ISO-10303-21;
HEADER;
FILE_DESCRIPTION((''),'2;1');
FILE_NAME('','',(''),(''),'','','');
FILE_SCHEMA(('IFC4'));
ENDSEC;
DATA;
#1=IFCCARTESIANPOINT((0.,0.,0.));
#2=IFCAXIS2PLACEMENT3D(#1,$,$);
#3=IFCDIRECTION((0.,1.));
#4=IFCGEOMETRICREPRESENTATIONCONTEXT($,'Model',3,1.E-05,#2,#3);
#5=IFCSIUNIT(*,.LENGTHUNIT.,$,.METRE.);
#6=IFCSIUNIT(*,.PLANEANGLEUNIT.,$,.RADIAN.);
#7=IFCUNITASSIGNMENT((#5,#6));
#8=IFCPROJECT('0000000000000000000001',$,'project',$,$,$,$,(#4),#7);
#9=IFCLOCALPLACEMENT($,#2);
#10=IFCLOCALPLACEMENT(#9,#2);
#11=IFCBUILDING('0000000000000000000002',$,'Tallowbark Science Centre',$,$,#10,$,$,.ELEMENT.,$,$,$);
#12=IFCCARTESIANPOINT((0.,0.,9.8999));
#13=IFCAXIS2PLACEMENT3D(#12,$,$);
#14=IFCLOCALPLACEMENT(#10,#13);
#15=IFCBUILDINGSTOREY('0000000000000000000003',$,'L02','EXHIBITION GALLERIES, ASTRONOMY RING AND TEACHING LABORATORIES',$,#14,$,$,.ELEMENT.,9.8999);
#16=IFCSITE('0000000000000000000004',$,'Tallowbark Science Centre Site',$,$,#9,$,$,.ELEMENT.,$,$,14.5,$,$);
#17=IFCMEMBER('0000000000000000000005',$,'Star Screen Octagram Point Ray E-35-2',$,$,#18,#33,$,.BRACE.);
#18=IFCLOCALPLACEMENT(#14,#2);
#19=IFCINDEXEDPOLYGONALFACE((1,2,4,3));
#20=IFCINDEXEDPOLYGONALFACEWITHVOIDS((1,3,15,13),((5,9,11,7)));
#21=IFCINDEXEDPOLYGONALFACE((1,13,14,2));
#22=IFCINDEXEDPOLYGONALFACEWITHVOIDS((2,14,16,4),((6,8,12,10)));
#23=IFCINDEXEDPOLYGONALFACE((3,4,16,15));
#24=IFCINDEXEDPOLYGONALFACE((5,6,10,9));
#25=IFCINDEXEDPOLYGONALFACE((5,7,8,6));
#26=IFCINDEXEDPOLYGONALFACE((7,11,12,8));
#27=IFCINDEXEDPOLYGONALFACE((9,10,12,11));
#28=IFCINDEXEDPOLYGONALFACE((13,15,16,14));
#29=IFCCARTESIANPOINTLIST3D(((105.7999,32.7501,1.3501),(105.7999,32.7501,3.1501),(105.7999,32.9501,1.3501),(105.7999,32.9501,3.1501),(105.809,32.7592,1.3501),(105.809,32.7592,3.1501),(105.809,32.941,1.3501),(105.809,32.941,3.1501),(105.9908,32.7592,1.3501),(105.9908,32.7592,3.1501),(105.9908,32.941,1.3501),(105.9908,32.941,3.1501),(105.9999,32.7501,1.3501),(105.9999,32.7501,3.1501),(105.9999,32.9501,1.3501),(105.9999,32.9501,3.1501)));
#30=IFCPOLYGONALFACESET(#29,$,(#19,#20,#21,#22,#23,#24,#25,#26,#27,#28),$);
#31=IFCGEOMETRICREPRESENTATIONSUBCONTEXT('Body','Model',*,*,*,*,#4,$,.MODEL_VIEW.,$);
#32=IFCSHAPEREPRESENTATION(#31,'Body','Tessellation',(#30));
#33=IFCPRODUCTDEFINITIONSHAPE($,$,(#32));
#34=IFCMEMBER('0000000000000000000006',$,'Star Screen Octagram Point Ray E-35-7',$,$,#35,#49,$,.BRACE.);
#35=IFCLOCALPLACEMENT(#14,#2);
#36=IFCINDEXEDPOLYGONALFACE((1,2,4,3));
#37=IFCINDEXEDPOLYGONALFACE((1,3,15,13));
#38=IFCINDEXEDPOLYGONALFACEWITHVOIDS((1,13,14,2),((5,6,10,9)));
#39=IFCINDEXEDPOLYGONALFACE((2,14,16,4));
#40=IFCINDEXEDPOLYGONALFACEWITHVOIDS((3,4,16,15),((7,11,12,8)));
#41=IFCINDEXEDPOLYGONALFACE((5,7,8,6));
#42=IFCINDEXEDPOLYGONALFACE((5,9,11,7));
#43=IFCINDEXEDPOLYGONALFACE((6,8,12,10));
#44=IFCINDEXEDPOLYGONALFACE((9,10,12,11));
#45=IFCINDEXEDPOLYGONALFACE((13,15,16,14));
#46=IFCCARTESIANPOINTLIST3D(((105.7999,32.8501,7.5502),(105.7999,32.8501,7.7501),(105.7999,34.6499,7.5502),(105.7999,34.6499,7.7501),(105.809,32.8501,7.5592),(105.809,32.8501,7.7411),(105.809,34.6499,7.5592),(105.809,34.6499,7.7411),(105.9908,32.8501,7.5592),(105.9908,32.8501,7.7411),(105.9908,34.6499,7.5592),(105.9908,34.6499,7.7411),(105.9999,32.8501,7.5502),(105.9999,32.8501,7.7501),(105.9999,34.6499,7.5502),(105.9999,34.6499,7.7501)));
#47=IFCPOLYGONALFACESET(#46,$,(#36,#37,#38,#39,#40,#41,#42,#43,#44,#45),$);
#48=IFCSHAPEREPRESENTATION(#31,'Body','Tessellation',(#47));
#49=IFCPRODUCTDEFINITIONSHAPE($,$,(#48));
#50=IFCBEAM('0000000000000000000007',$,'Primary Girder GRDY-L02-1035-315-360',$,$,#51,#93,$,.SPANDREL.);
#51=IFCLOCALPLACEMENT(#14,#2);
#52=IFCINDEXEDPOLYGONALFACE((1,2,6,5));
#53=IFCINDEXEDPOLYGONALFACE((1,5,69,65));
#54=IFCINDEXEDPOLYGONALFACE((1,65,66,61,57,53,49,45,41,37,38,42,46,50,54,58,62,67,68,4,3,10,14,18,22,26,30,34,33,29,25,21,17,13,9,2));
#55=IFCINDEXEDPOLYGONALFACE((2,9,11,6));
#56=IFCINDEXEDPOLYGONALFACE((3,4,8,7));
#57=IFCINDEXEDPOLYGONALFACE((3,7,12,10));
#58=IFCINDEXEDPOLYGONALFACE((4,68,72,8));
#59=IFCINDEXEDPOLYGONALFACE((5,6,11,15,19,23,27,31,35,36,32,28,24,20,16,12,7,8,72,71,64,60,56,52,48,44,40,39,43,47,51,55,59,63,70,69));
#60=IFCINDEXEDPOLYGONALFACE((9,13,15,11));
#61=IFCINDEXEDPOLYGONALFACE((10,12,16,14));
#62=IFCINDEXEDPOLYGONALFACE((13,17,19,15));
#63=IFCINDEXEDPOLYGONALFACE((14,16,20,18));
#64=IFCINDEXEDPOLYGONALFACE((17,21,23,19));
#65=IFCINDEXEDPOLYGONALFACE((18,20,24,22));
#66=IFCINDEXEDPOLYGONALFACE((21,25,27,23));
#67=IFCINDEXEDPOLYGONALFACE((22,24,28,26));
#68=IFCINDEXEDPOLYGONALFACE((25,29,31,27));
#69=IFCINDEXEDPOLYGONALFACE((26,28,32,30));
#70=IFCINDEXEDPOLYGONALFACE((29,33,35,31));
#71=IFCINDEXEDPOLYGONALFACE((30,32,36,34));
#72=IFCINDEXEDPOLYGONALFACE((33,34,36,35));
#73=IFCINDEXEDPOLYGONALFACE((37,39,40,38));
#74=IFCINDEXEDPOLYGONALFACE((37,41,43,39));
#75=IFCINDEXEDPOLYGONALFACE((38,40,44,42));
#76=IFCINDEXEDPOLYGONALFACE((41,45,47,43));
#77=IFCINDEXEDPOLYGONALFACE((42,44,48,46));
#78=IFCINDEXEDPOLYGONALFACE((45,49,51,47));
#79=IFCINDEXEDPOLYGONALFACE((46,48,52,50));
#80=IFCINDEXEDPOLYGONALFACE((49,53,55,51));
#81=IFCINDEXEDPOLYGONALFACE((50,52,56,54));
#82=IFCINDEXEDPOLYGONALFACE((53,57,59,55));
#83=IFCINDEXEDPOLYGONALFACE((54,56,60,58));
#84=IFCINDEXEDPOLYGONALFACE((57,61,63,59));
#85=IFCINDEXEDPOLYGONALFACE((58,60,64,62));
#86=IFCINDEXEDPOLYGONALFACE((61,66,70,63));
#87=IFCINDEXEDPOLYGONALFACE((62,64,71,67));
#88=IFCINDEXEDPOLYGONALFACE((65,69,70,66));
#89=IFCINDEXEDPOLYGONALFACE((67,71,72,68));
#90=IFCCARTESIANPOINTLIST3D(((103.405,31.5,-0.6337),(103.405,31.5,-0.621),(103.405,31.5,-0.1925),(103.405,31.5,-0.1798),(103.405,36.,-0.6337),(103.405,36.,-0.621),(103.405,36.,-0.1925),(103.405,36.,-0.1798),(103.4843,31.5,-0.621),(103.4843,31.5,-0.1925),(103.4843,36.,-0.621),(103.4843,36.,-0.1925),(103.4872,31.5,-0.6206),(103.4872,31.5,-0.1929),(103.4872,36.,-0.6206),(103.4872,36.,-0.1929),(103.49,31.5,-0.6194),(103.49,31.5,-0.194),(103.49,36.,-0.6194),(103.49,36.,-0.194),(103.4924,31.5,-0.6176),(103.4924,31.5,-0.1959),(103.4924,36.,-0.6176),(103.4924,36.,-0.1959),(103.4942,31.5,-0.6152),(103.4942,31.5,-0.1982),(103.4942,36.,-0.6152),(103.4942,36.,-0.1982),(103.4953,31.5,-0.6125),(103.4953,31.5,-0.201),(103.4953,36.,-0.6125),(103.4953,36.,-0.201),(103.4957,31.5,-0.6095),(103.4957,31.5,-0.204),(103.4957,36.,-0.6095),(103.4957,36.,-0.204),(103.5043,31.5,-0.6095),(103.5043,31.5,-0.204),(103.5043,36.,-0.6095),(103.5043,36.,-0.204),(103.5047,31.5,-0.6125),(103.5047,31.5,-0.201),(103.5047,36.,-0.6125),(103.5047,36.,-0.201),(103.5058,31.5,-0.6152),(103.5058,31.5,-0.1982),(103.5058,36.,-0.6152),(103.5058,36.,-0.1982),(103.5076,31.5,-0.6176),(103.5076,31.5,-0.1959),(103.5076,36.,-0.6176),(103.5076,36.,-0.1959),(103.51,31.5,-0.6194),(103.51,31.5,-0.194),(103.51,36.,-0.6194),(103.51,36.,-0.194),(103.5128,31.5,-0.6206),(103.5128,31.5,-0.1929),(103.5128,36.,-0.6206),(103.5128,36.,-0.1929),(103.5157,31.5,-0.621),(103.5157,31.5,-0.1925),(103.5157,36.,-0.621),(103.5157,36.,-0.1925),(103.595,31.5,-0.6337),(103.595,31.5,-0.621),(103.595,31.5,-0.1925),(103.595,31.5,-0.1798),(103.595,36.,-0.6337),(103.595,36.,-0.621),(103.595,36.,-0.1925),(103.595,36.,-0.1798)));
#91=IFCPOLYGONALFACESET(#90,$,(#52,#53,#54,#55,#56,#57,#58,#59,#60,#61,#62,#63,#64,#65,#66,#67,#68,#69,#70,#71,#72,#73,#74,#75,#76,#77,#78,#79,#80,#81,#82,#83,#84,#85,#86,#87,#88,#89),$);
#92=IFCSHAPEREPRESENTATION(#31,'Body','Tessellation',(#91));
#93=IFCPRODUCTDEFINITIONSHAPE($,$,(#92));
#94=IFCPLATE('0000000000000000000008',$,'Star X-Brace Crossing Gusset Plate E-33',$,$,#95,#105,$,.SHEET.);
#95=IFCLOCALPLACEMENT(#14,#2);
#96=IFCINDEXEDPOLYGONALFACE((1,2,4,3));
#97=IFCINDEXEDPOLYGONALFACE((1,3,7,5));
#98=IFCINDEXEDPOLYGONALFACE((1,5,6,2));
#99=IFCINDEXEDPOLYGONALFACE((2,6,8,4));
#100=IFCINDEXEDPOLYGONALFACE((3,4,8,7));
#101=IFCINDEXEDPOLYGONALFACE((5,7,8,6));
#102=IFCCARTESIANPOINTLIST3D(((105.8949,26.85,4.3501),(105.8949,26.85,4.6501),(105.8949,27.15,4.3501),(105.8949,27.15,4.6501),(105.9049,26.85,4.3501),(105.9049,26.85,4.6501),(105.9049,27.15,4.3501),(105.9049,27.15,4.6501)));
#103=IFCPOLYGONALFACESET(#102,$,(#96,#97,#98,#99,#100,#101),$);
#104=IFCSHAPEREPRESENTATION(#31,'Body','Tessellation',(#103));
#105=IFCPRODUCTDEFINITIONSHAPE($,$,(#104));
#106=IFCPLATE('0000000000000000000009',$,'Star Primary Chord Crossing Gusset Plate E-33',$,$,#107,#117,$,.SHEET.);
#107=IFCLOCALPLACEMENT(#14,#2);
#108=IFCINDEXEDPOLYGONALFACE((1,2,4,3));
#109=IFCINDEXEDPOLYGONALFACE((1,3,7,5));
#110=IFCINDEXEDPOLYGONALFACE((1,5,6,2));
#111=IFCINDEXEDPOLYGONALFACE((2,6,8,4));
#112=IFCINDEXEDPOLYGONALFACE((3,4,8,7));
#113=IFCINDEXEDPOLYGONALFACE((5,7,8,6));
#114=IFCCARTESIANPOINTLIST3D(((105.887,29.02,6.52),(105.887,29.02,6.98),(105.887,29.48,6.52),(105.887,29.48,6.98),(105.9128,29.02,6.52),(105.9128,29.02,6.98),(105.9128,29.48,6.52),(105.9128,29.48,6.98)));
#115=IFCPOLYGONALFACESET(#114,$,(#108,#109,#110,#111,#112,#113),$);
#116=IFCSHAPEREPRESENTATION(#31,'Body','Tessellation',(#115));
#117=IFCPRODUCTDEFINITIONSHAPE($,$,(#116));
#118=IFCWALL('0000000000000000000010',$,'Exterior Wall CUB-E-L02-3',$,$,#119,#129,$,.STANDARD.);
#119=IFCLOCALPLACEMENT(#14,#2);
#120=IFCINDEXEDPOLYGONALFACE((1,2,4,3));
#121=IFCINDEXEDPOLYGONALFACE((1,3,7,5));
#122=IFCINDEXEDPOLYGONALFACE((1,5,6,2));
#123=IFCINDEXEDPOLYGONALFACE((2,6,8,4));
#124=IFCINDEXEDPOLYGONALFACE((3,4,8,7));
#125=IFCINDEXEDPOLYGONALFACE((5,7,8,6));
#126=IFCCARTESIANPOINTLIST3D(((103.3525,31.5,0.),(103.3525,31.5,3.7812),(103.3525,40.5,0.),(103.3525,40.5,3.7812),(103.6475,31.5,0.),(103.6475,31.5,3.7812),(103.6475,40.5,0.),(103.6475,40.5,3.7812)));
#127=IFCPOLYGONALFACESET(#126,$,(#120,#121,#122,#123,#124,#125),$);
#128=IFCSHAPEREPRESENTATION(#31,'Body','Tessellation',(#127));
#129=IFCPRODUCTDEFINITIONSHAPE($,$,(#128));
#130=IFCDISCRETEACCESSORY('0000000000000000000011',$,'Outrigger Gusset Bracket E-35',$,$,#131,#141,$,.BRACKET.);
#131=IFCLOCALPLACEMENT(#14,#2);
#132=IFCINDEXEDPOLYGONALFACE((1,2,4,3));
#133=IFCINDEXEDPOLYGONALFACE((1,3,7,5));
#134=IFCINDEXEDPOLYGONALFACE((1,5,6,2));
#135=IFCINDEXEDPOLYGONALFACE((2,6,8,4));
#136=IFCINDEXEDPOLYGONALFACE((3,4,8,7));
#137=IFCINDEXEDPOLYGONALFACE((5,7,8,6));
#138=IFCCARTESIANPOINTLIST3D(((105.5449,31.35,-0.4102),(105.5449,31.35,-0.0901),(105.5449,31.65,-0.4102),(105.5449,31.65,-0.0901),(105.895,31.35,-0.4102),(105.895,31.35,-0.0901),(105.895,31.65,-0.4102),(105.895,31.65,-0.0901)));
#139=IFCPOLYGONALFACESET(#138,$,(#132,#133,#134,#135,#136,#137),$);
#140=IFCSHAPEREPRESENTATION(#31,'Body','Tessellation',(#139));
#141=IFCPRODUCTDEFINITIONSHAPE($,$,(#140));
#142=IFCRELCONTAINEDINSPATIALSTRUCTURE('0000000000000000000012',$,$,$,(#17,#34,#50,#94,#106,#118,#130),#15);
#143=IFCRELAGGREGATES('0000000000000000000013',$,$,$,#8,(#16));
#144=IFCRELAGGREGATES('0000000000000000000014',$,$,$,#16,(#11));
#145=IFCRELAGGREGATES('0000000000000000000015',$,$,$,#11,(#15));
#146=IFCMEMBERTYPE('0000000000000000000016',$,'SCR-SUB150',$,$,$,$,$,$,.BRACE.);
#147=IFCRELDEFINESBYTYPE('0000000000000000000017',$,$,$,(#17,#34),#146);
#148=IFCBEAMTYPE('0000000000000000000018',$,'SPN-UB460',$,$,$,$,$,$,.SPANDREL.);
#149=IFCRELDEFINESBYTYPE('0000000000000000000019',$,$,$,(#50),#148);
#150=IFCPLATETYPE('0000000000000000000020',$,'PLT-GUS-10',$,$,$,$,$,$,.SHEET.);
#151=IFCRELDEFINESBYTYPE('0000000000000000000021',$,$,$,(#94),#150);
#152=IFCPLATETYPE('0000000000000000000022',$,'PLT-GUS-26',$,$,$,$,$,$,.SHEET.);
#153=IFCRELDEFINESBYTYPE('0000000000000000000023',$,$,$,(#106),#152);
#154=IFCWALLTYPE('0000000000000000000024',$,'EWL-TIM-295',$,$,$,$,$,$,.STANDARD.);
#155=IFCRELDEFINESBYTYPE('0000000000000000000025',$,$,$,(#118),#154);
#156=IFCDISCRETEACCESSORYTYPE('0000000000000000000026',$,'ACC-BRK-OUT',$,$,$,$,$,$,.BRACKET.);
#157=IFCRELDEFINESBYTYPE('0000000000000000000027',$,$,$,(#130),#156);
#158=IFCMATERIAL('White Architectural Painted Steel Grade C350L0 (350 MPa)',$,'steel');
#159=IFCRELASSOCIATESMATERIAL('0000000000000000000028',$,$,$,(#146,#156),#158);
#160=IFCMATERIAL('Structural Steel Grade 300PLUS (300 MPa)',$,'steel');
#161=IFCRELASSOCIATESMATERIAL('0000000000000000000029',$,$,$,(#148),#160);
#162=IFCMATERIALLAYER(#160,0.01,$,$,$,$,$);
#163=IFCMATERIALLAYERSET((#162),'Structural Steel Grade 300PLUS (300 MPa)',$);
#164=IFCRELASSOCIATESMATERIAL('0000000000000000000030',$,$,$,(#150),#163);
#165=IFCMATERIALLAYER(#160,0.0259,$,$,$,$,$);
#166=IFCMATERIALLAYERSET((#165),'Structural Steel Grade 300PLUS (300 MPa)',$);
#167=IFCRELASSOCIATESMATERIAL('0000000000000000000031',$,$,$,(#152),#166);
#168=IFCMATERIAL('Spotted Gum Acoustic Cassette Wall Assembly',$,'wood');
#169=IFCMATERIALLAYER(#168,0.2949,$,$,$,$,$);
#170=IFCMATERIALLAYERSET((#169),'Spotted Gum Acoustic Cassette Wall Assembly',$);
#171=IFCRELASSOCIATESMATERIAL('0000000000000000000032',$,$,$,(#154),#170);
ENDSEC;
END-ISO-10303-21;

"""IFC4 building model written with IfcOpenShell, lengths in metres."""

from ifc_helpers import new_model, si_unit, direction, frame, frame_2d, origin, origin_2d, place, context, subcontext, project, spatial, rectangle, hollow_rectangle, i_section, extrude, material, layer, layer_set, material_profile, profile_set, type_object, element, save


model = new_model("IFC4")

# Units and contexts
model_context = context("Model", 3, precision=1e-05, world=origin(), true_north=direction((0.0, 1.0)))
body_context = subcontext(model_context, "Body", "Model", "MODEL_VIEW")
ifc_project = project(units=[si_unit("LENGTHUNIT", "METRE"), si_unit("PLANEANGLEUNIT", "RADIAN")], contexts=[model_context])

# Site, building, storey
site_placement = place(None, origin())
site = spatial("IfcSite", under=ifc_project, at=site_placement, Name="Tallowbark Science Centre Site", CompositionType="ELEMENT", RefElevation=14.5)
building_placement = place(site_placement, origin())
building = spatial("IfcBuilding", under=site, at=building_placement, Name="Tallowbark Science Centre", CompositionType="ELEMENT")
storey_placement = place(building_placement, frame((0.0, 0.0, 9.8999)))
storey = spatial("IfcBuildingStorey", under=building, at=storey_placement, Name="L02", Description="EXHIBITION GALLERIES, ASTRONOMY RING AND TEACHING LABORATORIES", CompositionType="ELEMENT", Elevation=9.8999)

# Shared definitions
ifc_material_1 = material(Name="White Architectural Painted Steel Grade C350L0 (350 MPa)", Category="steel")
ifc_material_2 = material(Name="Structural Steel Grade 300PLUS (300 MPa)", Category="steel")

# Members
ifc_material_profile_1 = material_profile(ifc_material_1, hollow_rectangle(XDim=0.2, YDim=0.2, WallThickness=0.009, at=origin_2d()), Name="200x200x9.0SHS")
ifc_profile_set_1 = profile_set([ifc_material_profile_1], Name="White Architectural Painted Steel Grade C350L0 (350 MPa)")
member_type_1 = type_object("IfcMemberType", Name="SCR-SUB150", PredefinedType="BRACE", material=ifc_profile_set_1)
member_1_placement = place(storey_placement, frame((105.8999, 32.8501, 1.3501), z_axis=(0.0, 0.0, 1.0), x_axis=(1.0, 0.0, 0.0)))
element("IfcMember", 1, at=member_1_placement, inside=storey, type_object=member_type_1, Name="Star Screen Octagram Point Ray E-35-2", PredefinedType="BRACE", context=body_context, shape_type="SweptSolid", body=[
    extrude(hollow_rectangle(XDim=0.2, YDim=0.2, WallThickness=0.009, at=origin_2d()), origin(), (0.0, 0.0, 1.0), 1.8),
])
member_2_placement = place(storey_placement, frame((105.8999, 32.8501, 7.6501), z_axis=(0.0, 1.0, 0.0), x_axis=(-1.0, 0.0, 0.0)))
element("IfcMember", 2, at=member_2_placement, inside=storey, type_object=member_type_1, Name="Star Screen Octagram Point Ray E-35-7", PredefinedType="BRACE", context=body_context, shape_type="SweptSolid", body=[
    extrude(hollow_rectangle(XDim=0.2, YDim=0.2, WallThickness=0.009, at=origin_2d()), origin(), (0.0, 0.0, 1.0), 1.7998),
])

# Beam
ifc_material_profile_2 = material_profile(ifc_material_2, i_section(OverallWidth=0.1899, OverallDepth=0.4539, WebThickness=0.0085, FlangeThickness=0.0127, FilletRadius=0.0115, at=origin_2d()), Name="460UB67.1")
ifc_profile_set_2 = profile_set([ifc_material_profile_2], Name="Structural Steel Grade 300PLUS (300 MPa)")
beam_type_1 = type_object("IfcBeamType", Name="SPN-UB460", PredefinedType="SPANDREL", material=ifc_profile_set_2)
beam_1_placement = place(storey_placement, frame((103.5, 31.5, -0.4067), z_axis=(0.0, 1.0, 0.0), x_axis=(-1.0, 0.0, 0.0)))
element("IfcBeam", 3, at=beam_1_placement, inside=storey, type_object=beam_type_1, Name="Primary Girder GRDY-L02-1035-315-360", PredefinedType="SPANDREL", context=body_context, shape_type="SweptSolid", body=[
    extrude(i_section(OverallWidth=0.1899, OverallDepth=0.4539, WebThickness=0.0085, FlangeThickness=0.0127, FilletRadius=0.0115, at=origin_2d()), origin(), (0.0, 0.0, 1.0), 4.5),
])

# Plates
ifc_layer_1 = layer(ifc_material_2, 0.01)
ifc_layer_set_1 = layer_set([ifc_layer_1], Name="Structural Steel Grade 300PLUS (300 MPa)")
plate_type_1 = type_object("IfcPlateType", Name="PLT-GUS-10", PredefinedType="SHEET", material=ifc_layer_set_1)
plate_1_placement = place(storey_placement, frame((105.8999, 27.0, 4.3501), z_axis=(0.0, 0.0, 1.0), x_axis=(0.0, 1.0, 0.0)))
element("IfcPlate", 4, at=plate_1_placement, inside=storey, type_object=plate_type_1, Name="Star X-Brace Crossing Gusset Plate E-33", PredefinedType="SHEET", context=body_context, shape_type="SweptSolid", body=[
    extrude(rectangle(XDim=0.3, YDim=0.01, at=origin_2d()), origin(), (0.0, 0.0, 1.0), 0.3),
])
ifc_layer_2 = layer(ifc_material_2, 0.0259)
ifc_layer_set_2 = layer_set([ifc_layer_2], Name="Structural Steel Grade 300PLUS (300 MPa)")
plate_type_2 = type_object("IfcPlateType", Name="PLT-GUS-26", PredefinedType="SHEET", material=ifc_layer_set_2)
plate_2_placement = place(storey_placement, frame((105.8999, 29.25, 6.52), z_axis=(0.0, 0.0, 1.0), x_axis=(0.0, 1.0, 0.0)))
element("IfcPlate", 5, at=plate_2_placement, inside=storey, type_object=plate_type_2, Name="Star Primary Chord Crossing Gusset Plate E-33", PredefinedType="SHEET", context=body_context, shape_type="SweptSolid", body=[
    extrude(rectangle(XDim=0.46, YDim=0.0259, at=origin_2d()), origin(), (0.0, 0.0, 1.0), 0.46),
])

# Wall
ifc_material_3 = material(Name="Spotted Gum Acoustic Cassette Wall Assembly", Category="wood")
ifc_layer_3 = layer(ifc_material_3, 0.2949)
ifc_layer_set_3 = layer_set([ifc_layer_3], Name="Spotted Gum Acoustic Cassette Wall Assembly")
wall_type = type_object("IfcWallType", Name="EWL-TIM-295", PredefinedType="STANDARD", material=ifc_layer_set_3)
wall_placement = place(storey_placement, frame((103.5, 31.5, 0.0), z_axis=(0.0, 0.0, 1.0), x_axis=(0.0, 1.0, 0.0)))
element("IfcWall", 6, at=wall_placement, inside=storey, type_object=wall_type, Name="Exterior Wall CUB-E-L02-3", PredefinedType="STANDARD", context=body_context, shape_type="SweptSolid", body=[
    extrude(rectangle(XDim=9.0, YDim=0.2949, at=frame_2d((4.5, 0.0))), origin(), (0.0, 0.0, 1.0), 3.7812),
])

# Discrete accessory
discrete_accessory_type = type_object("IfcDiscreteAccessoryType", Name="ACC-BRK-OUT", PredefinedType="BRACKET", material=ifc_material_1)
discrete_accessory_placement = place(storey_placement, frame((105.72, 31.5, -0.4102), z_axis=(0.0, 0.0, 1.0), x_axis=(1.0, 0.0, 0.0)))
element("IfcDiscreteAccessory", 7, at=discrete_accessory_placement, inside=storey, type_object=discrete_accessory_type, Name="Outrigger Gusset Bracket E-35", PredefinedType="BRACKET", context=body_context, shape_type="SweptSolid", body=[
    extrude(rectangle(XDim=0.3501, YDim=0.3, at=origin_2d()), origin(), (0.0, 0.0, 1.0), 0.3201),
])

save(model, "model.ifc")
